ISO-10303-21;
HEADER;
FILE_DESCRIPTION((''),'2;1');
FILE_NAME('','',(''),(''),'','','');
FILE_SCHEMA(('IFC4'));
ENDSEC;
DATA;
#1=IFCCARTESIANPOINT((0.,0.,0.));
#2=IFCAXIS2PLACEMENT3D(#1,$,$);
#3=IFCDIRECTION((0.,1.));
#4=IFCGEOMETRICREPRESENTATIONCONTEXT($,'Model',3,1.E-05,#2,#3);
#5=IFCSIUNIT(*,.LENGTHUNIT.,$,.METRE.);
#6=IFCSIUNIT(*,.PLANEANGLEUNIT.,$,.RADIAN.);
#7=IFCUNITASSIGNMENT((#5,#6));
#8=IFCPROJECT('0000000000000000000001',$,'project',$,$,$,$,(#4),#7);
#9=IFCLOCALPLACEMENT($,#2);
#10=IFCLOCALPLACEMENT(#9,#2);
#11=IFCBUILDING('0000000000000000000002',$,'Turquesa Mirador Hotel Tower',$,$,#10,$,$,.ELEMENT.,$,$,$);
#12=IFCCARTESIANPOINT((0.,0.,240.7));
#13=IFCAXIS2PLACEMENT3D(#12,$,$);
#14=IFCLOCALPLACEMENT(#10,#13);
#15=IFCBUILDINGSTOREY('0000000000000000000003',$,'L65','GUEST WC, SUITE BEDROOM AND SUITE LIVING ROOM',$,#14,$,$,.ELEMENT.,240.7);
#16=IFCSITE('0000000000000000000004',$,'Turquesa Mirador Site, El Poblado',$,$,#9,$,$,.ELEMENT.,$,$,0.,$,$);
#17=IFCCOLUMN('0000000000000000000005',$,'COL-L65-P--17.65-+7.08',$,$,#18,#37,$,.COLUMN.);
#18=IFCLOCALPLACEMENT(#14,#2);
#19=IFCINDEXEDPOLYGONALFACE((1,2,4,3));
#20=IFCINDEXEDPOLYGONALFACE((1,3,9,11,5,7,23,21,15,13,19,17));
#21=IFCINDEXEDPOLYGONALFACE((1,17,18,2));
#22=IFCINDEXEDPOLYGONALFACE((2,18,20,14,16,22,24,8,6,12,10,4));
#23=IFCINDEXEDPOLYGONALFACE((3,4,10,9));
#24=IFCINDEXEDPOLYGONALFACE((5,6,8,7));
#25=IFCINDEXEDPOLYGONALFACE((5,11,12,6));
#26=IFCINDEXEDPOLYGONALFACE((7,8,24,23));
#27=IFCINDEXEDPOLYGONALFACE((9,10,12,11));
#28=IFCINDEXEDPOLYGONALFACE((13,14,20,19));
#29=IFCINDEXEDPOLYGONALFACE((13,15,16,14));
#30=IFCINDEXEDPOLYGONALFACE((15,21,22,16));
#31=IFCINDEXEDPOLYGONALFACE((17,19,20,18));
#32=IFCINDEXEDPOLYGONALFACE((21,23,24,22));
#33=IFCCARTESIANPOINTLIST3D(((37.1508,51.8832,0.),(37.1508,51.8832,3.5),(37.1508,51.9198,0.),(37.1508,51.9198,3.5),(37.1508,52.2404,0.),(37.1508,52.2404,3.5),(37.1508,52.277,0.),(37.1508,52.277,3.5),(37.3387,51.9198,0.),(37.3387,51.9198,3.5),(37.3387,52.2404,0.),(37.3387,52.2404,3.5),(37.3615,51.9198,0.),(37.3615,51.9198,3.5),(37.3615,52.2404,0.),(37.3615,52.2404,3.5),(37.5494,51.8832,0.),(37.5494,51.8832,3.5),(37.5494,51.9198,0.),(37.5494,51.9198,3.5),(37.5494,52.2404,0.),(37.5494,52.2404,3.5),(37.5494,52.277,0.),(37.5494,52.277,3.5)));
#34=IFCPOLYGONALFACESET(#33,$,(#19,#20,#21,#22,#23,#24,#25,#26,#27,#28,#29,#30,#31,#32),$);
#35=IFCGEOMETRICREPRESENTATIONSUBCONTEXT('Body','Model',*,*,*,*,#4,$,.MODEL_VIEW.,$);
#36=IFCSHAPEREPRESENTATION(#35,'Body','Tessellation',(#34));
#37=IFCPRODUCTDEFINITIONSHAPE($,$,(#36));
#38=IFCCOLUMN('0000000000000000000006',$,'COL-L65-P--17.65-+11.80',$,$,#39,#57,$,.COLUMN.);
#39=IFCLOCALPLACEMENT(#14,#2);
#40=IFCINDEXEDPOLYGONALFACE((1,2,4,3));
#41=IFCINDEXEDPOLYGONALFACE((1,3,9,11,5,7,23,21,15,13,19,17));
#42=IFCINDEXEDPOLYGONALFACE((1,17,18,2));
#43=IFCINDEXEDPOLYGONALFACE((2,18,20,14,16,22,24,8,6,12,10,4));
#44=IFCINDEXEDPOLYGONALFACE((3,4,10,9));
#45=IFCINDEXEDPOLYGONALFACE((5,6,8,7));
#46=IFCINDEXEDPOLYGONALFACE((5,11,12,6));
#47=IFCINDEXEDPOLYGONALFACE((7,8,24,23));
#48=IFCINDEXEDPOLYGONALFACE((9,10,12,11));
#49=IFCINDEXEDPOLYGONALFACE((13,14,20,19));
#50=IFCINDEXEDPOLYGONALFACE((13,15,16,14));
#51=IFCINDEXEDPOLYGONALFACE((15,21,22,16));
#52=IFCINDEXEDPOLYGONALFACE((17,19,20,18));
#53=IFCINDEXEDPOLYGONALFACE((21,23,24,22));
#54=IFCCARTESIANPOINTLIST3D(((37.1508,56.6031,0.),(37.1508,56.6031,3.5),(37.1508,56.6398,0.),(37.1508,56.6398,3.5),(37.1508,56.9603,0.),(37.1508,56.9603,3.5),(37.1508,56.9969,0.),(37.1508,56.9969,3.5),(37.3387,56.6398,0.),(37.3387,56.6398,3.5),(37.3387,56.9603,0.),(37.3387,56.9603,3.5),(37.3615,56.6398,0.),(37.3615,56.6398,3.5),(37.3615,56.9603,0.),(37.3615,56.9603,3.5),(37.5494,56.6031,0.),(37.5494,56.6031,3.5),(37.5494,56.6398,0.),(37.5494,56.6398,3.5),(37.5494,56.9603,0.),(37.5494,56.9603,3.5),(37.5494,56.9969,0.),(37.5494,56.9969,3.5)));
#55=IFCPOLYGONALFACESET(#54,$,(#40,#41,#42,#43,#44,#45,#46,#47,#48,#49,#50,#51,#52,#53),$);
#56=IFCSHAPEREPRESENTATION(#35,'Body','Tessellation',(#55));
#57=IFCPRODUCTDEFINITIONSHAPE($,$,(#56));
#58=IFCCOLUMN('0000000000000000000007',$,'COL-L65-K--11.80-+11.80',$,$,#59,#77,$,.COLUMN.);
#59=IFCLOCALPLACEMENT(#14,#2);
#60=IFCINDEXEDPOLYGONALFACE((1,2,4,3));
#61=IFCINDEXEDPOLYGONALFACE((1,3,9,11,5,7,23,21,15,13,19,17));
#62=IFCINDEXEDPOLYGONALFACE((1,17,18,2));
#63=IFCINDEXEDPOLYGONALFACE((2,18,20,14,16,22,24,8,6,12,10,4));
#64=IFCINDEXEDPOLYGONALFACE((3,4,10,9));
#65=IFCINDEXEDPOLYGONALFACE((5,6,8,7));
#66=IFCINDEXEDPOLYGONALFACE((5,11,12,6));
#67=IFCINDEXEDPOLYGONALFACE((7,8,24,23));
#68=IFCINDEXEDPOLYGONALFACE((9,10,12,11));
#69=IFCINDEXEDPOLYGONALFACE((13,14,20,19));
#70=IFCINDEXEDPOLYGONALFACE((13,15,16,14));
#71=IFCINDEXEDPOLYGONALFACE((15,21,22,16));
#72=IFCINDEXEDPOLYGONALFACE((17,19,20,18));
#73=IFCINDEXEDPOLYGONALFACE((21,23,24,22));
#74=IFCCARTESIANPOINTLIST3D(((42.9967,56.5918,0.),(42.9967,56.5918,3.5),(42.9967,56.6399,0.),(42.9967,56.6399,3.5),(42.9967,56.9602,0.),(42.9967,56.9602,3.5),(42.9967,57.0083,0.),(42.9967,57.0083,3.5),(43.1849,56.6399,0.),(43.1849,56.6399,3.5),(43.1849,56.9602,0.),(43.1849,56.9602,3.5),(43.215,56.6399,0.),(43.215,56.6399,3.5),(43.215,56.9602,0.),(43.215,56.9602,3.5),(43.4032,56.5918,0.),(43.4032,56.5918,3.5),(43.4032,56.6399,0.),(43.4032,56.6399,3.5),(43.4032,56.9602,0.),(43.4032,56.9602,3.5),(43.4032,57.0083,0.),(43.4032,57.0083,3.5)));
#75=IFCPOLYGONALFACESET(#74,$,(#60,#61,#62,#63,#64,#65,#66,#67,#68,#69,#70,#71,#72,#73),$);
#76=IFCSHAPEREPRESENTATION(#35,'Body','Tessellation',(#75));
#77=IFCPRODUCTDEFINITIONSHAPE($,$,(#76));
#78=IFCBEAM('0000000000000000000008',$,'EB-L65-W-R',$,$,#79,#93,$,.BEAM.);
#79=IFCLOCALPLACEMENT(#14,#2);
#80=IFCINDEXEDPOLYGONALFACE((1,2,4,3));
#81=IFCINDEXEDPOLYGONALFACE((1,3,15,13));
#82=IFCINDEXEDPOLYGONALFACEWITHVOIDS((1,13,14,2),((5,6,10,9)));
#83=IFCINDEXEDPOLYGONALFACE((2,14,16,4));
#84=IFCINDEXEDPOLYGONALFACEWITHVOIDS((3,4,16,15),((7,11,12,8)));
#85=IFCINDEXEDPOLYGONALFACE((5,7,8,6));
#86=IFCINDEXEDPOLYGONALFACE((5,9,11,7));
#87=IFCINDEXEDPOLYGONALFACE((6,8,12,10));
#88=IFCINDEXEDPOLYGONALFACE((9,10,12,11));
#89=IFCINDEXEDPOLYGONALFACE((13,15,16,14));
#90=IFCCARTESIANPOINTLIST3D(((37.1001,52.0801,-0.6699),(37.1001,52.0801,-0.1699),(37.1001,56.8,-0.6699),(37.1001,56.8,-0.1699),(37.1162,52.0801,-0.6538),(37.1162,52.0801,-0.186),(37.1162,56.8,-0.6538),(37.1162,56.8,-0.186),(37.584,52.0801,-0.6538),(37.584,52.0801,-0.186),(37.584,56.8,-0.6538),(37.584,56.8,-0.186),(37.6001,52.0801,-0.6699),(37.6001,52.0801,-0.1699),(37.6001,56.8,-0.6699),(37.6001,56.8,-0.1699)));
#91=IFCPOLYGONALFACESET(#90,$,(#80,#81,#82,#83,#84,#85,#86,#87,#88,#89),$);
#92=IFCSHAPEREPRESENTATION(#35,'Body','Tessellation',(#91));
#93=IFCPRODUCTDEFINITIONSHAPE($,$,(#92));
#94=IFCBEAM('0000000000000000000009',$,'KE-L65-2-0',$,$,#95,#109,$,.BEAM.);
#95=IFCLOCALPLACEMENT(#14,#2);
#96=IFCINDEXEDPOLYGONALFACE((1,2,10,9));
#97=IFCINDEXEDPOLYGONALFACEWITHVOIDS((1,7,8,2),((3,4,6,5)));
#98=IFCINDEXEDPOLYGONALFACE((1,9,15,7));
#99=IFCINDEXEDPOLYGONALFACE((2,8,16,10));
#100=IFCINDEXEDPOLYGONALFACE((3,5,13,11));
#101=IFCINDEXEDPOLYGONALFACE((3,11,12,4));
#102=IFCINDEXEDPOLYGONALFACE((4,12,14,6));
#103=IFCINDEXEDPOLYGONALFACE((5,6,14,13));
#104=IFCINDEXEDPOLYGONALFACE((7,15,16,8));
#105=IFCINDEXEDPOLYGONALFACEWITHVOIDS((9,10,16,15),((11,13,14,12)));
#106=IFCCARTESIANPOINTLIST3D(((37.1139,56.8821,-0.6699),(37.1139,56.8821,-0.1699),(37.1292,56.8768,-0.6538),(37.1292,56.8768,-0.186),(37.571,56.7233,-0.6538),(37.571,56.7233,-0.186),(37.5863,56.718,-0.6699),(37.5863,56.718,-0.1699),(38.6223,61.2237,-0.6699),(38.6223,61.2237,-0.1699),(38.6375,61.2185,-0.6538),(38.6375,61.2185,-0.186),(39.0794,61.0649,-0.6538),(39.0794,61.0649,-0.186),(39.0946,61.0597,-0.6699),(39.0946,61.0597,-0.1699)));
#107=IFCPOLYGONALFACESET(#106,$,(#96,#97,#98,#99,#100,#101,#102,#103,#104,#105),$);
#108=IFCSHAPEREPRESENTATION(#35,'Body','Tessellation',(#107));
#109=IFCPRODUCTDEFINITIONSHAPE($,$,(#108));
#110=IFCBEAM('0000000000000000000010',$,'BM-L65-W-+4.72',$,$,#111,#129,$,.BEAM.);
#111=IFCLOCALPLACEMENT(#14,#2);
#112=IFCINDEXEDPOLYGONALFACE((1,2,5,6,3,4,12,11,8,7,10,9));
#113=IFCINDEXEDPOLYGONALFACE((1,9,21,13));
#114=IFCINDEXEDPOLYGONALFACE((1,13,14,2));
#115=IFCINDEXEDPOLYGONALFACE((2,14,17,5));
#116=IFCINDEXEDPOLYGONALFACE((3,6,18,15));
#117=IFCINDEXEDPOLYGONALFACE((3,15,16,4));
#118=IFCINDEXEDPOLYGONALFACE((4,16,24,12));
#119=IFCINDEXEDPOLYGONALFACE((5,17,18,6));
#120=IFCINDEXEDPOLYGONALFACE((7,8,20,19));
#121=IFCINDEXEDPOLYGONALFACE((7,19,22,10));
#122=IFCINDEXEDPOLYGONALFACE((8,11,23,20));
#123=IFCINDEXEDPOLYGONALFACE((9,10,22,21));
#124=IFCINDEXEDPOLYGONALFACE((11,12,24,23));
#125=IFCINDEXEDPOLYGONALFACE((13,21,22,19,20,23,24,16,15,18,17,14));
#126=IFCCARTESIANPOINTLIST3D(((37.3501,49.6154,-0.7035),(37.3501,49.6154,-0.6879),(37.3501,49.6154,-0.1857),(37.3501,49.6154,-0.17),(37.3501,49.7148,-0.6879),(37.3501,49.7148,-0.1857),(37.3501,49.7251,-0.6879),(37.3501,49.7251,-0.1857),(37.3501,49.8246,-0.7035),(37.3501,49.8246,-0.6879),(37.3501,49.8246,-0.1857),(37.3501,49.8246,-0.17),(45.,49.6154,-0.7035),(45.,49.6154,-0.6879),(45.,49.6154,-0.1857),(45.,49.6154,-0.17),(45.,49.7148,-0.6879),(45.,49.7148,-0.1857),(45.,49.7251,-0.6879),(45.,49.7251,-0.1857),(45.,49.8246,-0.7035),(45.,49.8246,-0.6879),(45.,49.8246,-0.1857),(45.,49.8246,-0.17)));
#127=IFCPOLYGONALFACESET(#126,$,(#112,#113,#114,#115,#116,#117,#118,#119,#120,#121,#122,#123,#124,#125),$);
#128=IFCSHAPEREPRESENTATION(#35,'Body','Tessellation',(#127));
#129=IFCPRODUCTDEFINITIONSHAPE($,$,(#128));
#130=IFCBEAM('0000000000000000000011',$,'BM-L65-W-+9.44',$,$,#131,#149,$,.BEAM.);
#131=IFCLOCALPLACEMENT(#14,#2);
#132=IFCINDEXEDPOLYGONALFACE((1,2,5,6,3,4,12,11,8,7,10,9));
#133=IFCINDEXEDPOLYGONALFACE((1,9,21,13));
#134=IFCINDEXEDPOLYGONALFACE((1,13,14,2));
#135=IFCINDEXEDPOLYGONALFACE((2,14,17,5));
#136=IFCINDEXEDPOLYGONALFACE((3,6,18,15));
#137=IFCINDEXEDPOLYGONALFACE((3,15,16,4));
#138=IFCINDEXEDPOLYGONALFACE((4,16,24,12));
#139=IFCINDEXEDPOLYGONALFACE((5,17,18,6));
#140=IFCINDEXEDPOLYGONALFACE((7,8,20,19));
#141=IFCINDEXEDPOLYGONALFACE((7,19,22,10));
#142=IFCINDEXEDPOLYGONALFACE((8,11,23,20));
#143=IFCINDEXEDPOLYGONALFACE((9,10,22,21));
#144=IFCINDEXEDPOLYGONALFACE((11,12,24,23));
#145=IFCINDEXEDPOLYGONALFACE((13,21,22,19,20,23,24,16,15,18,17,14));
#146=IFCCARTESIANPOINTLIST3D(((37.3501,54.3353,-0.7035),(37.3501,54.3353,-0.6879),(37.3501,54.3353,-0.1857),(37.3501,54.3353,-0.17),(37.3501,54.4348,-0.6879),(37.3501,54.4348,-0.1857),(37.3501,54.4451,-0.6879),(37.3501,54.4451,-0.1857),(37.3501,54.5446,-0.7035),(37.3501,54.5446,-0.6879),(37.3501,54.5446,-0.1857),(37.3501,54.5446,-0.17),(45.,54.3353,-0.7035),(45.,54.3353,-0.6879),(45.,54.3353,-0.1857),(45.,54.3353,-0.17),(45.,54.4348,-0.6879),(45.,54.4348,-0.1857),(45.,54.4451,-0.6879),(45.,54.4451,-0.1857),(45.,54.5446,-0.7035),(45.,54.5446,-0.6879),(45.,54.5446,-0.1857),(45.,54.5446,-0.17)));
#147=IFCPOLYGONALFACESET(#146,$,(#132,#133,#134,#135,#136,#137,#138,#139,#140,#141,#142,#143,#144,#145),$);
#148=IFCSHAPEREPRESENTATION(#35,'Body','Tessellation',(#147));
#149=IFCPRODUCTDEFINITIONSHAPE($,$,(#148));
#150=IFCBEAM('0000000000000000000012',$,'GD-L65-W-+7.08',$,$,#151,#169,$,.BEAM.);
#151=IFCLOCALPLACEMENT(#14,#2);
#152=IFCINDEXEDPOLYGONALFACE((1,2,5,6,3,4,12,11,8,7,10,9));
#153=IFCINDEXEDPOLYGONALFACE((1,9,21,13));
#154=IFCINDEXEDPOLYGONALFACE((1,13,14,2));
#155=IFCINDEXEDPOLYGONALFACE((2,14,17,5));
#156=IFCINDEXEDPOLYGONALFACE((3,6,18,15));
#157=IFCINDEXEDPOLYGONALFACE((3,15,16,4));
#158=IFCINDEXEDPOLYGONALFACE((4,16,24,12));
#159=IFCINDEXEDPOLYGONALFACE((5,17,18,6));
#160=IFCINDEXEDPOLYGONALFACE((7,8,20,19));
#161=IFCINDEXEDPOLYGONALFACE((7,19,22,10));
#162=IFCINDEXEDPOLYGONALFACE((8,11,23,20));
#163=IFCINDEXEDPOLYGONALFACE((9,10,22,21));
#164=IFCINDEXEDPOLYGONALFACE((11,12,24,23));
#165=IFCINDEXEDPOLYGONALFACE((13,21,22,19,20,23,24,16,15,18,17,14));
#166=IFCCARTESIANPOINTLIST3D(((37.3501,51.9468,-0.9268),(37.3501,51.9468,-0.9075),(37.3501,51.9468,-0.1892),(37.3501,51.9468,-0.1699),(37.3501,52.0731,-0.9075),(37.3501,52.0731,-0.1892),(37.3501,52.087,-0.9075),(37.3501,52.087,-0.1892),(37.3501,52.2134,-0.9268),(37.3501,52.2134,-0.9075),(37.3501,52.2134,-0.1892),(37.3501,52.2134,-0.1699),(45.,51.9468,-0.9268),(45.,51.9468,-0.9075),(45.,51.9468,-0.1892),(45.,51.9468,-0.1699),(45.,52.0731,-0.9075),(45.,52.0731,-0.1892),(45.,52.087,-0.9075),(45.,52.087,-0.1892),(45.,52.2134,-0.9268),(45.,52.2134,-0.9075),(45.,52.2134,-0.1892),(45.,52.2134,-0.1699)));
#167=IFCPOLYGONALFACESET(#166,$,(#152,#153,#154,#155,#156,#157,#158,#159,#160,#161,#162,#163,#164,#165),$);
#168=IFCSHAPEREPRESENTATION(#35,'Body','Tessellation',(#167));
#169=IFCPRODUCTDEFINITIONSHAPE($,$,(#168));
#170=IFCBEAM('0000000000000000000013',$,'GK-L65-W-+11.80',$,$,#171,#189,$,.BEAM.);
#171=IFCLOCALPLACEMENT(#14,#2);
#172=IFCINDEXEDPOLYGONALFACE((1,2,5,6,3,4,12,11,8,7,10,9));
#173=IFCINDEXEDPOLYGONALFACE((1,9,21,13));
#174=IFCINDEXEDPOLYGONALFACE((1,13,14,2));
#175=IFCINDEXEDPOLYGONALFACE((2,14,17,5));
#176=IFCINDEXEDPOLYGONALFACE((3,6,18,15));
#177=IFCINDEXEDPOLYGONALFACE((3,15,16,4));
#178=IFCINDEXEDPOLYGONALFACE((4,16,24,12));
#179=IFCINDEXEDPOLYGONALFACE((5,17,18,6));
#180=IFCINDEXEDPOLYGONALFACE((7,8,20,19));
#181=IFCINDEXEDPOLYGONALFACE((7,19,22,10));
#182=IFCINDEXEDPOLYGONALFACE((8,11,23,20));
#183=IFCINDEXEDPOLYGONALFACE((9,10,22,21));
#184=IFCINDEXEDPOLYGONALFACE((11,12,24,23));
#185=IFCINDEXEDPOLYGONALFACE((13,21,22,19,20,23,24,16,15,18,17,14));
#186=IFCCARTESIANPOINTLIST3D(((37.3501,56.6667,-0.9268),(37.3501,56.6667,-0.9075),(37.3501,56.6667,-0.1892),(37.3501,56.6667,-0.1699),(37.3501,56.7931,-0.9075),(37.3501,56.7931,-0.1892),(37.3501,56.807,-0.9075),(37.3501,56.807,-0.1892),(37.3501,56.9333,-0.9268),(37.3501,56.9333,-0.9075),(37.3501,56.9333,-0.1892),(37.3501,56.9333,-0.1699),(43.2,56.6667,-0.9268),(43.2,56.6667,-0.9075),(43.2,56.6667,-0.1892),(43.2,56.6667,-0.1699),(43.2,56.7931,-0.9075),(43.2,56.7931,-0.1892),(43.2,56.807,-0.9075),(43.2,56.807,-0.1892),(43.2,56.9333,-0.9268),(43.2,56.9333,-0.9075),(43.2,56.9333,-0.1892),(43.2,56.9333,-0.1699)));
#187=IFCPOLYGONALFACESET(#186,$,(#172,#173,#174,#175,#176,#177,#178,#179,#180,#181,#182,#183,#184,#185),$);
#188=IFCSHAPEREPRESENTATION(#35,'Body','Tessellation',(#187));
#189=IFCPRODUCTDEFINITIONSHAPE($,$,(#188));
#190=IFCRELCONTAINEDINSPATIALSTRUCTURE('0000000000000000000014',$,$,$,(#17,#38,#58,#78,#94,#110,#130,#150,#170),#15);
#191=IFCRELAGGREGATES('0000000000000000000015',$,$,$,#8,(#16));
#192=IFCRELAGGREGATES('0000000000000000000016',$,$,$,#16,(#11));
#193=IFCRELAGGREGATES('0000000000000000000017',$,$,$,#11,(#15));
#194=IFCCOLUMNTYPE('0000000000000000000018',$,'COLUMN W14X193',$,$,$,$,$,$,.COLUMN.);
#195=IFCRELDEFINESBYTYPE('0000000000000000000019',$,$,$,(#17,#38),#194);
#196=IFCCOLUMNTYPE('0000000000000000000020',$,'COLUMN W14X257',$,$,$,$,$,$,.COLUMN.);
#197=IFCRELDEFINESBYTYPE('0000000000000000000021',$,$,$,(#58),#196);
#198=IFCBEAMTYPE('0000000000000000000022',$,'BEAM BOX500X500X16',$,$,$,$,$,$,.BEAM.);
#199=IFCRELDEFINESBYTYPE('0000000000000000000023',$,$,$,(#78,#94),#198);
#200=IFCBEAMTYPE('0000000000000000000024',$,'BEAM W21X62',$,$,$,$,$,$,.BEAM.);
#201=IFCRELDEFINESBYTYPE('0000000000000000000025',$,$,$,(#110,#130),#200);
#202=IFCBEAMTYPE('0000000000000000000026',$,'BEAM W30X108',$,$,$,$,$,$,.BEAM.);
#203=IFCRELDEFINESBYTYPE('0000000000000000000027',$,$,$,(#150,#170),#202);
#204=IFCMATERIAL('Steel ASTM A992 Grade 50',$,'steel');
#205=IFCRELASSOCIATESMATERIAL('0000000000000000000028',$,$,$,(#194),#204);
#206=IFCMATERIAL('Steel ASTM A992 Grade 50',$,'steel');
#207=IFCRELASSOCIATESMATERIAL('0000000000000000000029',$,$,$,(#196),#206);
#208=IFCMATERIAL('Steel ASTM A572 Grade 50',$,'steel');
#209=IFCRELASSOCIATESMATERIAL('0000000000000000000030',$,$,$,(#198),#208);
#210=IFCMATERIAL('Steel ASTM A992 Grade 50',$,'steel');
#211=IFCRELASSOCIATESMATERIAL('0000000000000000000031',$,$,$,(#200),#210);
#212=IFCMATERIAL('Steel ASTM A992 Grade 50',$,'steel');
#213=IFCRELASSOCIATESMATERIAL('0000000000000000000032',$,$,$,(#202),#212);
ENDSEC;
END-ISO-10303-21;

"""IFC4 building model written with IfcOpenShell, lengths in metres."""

from ifc_helpers import new_model, si_unit, direction, frame, origin, origin_2d, place, context, subcontext, project, spatial, hollow_rectangle, i_section, extrude, material, material_profile, profile_set, type_object, element, save


model = new_model("IFC4")

# Units and contexts
model_context = context("Model", 3, precision=1e-05, world=origin(), true_north=direction((0.0, 1.0)))
body_context = subcontext(model_context, "Body", "Model", "MODEL_VIEW")
ifc_project = project(units=[si_unit("LENGTHUNIT", "METRE"), si_unit("PLANEANGLEUNIT", "RADIAN")], contexts=[model_context])

# Site, building, storey
site_placement = place(None, origin())
site = spatial("IfcSite", under=ifc_project, at=site_placement, Name="Turquesa Mirador Site, El Poblado", CompositionType="ELEMENT", RefElevation=0.0)
building_placement = place(site_placement, origin())
building = spatial("IfcBuilding", under=site, at=building_placement, Name="Turquesa Mirador Hotel Tower", CompositionType="ELEMENT")
storey_placement = place(building_placement, frame((0.0, 0.0, 240.7)))
storey = spatial("IfcBuildingStorey", under=building, at=storey_placement, Name="L65", Description="GUEST WC, SUITE BEDROOM AND SUITE LIVING ROOM", CompositionType="ELEMENT", Elevation=240.7)

# Columns
ifc_material_1 = material(Name="Steel ASTM A992 Grade 50", Category="steel")
ifc_material_profile_1 = material_profile(ifc_material_1, i_section(OverallWidth=0.3987, OverallDepth=0.3938, WebThickness=0.0227, FlangeThickness=0.0366, at=origin_2d()), Name="W14X193")
ifc_profile_set_1 = profile_set([ifc_material_profile_1], Name="Steel ASTM A992 Grade 50")
column_type_1 = type_object("IfcColumnType", Name="COLUMN W14X193", PredefinedType="COLUMN", material=ifc_profile_set_1)
for number, where, z_axis, x_axis, name in (
    (1, (37.3501, 52.0801, 0.0), (0.0, 0.0, 1.0), (1.0, 0.0, 0.0), "COL-L65-P--17.65-+7.08"),
    (2, (37.3501, 56.8, 0.0), (0.0, 0.0, 1.0), (1.0, 0.0, 0.0), "COL-L65-P--17.65-+11.80"),
):
    element("IfcColumn", number, at=place(storey_placement, frame(where, z_axis=z_axis, x_axis=x_axis)), inside=storey, type_object=column_type_1, Name=name, PredefinedType="COLUMN", context=body_context, shape_type="SweptSolid", body=[
        extrude(i_section(OverallWidth=0.3987, OverallDepth=0.3938, WebThickness=0.0227, FlangeThickness=0.0366, at=origin_2d()), origin(), (0.0, 0.0, 1.0), 3.5),
    ])
ifc_material_2 = material(Name="Steel ASTM A992 Grade 50", Category="steel")
ifc_material_profile_2 = material_profile(ifc_material_2, i_section(OverallWidth=0.4065, OverallDepth=0.4165, WebThickness=0.03, FlangeThickness=0.0481, at=origin_2d()), Name="W14X257")
ifc_profile_set_2 = profile_set([ifc_material_profile_2], Name="Steel ASTM A992 Grade 50")
column_type_2 = type_object("IfcColumnType", Name="COLUMN W14X257", PredefinedType="COLUMN", material=ifc_profile_set_2)
column_placement = place(storey_placement, frame((43.2, 56.8, 0.0), z_axis=(0.0, 0.0, 1.0), x_axis=(1.0, 0.0, 0.0)))
element("IfcColumn", 3, at=column_placement, inside=storey, type_object=column_type_2, Name="COL-L65-K--11.80-+11.80", PredefinedType="COLUMN", context=body_context, shape_type="SweptSolid", body=[
    extrude(i_section(OverallWidth=0.4065, OverallDepth=0.4165, WebThickness=0.03, FlangeThickness=0.0481, at=origin_2d()), origin(), (0.0, 0.0, 1.0), 3.5),
])

# Beams
ifc_material_3 = material(Name="Steel ASTM A572 Grade 50", Category="steel")
ifc_material_profile_3 = material_profile(ifc_material_3, hollow_rectangle(XDim=0.5, YDim=0.5, WallThickness=0.0161, at=origin_2d()), Name="BOX500X500X16")
ifc_profile_set_3 = profile_set([ifc_material_profile_3], Name="Steel ASTM A572 Grade 50")
beam_type_1 = type_object("IfcBeamType", Name="BEAM BOX500X500X16", PredefinedType="BEAM", material=ifc_profile_set_3)
beam_1_placement = place(storey_placement, frame((37.3501, 52.0801, -0.4199), z_axis=(0.0, 1.0, 0.0), x_axis=(-1.0, 0.0, 0.0)))
element("IfcBeam", 4, at=beam_1_placement, inside=storey, type_object=beam_type_1, Name="EB-L65-W-R", PredefinedType="BEAM", context=body_context, shape_type="SweptSolid", body=[
    extrude(hollow_rectangle(XDim=0.5, YDim=0.5, WallThickness=0.0161, at=origin_2d()), origin(), (0.0, 0.0, 1.0), 4.72),
])
beam_2_placement = place(storey_placement, frame((37.3501, 56.8, -0.4199), z_axis=(0.32817, 0.944619, 0.0), x_axis=(-0.944619, 0.32817, 0.0)))
element("IfcBeam", 5, at=beam_2_placement, inside=storey, type_object=beam_type_1, Name="KE-L65-2-0", PredefinedType="BEAM", context=body_context, shape_type="SweptSolid", body=[
    extrude(hollow_rectangle(XDim=0.5, YDim=0.5, WallThickness=0.0161, at=origin_2d()), origin(), (0.0, 0.0, 1.0), 4.5962),
])
ifc_material_4 = material(Name="Steel ASTM A992 Grade 50", Category="steel")
ifc_material_profile_4 = material_profile(ifc_material_4, i_section(OverallWidth=0.2092, OverallDepth=0.5334, WebThickness=0.0103, FlangeThickness=0.0156, at=origin_2d()), Name="W21X62")
ifc_profile_set_4 = profile_set([ifc_material_profile_4], Name="Steel ASTM A992 Grade 50")
beam_type_2 = type_object("IfcBeamType", Name="BEAM W21X62", PredefinedType="BEAM", material=ifc_profile_set_4)
for number, where, z_axis, x_axis, name in (
    (6, (37.3501, 49.72, -0.4368), (1.0, 0.0, 0.0), (0.0, 1.0, 0.0), "BM-L65-W-+4.72"),
    (7, (37.3501, 54.4399, -0.4368), (1.0, 0.0, 0.0), (0.0, 1.0, 0.0), "BM-L65-W-+9.44"),
):
    element("IfcBeam", number, at=place(storey_placement, frame(where, z_axis=z_axis, x_axis=x_axis)), inside=storey, type_object=beam_type_2, Name=name, PredefinedType="BEAM", context=body_context, shape_type="SweptSolid", body=[
        extrude(i_section(OverallWidth=0.2092, OverallDepth=0.5334, WebThickness=0.0103, FlangeThickness=0.0156, at=origin_2d()), origin(), (0.0, 0.0, 1.0), 7.6499),
    ])
ifc_material_5 = material(Name="Steel ASTM A992 Grade 50", Category="steel")
ifc_material_profile_5 = material_profile(ifc_material_5, i_section(OverallWidth=0.2666, OverallDepth=0.7568, WebThickness=0.0139, FlangeThickness=0.0193, at=origin_2d()), Name="W30X108")
ifc_profile_set_5 = profile_set([ifc_material_profile_5], Name="Steel ASTM A992 Grade 50")
beam_type_3 = type_object("IfcBeamType", Name="BEAM W30X108", PredefinedType="BEAM", material=ifc_profile_set_5)
beam_3_placement = place(storey_placement, frame((37.3501, 52.0801, -0.5483), z_axis=(1.0, 0.0, 0.0), x_axis=(0.0, 1.0, 0.0)))
element("IfcBeam", 8, at=beam_3_placement, inside=storey, type_object=beam_type_3, Name="GD-L65-W-+7.08", PredefinedType="BEAM", context=body_context, shape_type="SweptSolid", body=[
    extrude(i_section(OverallWidth=0.2666, OverallDepth=0.7568, WebThickness=0.0139, FlangeThickness=0.0193, at=origin_2d()), origin(), (0.0, 0.0, 1.0), 7.6499),
])
beam_4_placement = place(storey_placement, frame((37.3501, 56.8, -0.5483), z_axis=(1.0, 0.0, 0.0), x_axis=(0.0, 1.0, 0.0)))
element("IfcBeam", 9, at=beam_4_placement, inside=storey, type_object=beam_type_3, Name="GK-L65-W-+11.80", PredefinedType="BEAM", context=body_context, shape_type="SweptSolid", body=[
    extrude(i_section(OverallWidth=0.2666, OverallDepth=0.7568, WebThickness=0.0139, FlangeThickness=0.0193, at=origin_2d()), origin(), (0.0, 0.0, 1.0), 5.8499),
])

save(model, "model.ifc")
